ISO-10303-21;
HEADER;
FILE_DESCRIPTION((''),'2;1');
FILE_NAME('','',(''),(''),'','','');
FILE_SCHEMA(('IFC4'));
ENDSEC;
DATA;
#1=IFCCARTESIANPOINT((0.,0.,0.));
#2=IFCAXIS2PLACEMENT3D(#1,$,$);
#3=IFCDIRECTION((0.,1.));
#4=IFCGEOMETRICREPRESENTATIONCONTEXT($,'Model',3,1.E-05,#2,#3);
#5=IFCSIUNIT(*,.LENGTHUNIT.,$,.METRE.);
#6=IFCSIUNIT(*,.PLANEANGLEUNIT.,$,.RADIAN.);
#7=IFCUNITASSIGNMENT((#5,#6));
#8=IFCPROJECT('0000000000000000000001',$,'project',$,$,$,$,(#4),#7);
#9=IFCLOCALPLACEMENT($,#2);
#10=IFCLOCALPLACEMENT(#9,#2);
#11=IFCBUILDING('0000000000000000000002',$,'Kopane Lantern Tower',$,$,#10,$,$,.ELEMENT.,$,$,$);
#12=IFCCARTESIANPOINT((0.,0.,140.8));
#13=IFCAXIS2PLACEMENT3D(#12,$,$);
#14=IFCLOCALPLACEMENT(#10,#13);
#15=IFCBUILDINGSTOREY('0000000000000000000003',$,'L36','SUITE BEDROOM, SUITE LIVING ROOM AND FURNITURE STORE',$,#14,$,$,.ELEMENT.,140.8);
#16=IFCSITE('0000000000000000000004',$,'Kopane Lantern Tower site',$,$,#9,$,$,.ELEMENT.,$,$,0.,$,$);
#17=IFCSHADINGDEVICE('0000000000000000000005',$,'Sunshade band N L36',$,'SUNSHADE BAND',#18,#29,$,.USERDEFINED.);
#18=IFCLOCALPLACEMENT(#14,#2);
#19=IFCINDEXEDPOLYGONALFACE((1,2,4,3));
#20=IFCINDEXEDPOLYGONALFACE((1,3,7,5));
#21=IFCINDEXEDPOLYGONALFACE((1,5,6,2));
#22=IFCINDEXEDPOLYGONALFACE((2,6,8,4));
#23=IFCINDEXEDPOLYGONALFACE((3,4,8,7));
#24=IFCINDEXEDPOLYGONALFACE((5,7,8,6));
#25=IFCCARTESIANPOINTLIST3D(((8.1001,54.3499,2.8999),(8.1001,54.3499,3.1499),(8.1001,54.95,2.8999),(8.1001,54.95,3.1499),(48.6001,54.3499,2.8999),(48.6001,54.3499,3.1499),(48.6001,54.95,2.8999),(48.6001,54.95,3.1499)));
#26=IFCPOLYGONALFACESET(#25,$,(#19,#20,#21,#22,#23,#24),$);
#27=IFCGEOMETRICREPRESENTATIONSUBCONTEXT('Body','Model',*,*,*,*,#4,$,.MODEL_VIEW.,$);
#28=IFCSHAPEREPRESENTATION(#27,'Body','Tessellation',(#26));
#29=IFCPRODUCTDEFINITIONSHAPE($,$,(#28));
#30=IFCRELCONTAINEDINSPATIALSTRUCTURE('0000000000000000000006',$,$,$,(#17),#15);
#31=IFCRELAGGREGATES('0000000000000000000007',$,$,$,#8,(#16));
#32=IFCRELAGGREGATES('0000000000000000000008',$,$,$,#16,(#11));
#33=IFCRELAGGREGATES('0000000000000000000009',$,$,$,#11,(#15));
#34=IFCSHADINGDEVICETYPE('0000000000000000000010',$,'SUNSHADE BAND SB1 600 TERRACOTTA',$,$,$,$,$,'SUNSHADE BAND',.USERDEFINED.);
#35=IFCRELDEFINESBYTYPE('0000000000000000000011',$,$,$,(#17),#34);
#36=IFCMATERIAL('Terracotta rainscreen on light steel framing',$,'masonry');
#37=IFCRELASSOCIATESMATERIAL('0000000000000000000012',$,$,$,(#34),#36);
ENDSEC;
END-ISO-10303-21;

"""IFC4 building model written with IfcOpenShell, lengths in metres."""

from ifc_helpers import new_model, si_unit, direction, frame, origin, origin_2d, place, context, subcontext, project, spatial, rectangle, extrude, material, type_object, element, save


model = new_model("IFC4")

# Units and contexts
model_context = context("Model", 3, precision=1e-05, world=origin(), true_north=direction((0.0, 1.0)))
body_context = subcontext(model_context, "Body", "Model", "MODEL_VIEW")
ifc_project = project(units=[si_unit("LENGTHUNIT", "METRE"), si_unit("PLANEANGLEUNIT", "RADIAN")], contexts=[model_context])

# Site, building, storey
site_placement = place(None, origin())
site = spatial("IfcSite", under=ifc_project, at=site_placement, Name="Kopane Lantern Tower site", CompositionType="ELEMENT", RefElevation=0.0)
building_placement = place(site_placement, origin())
building = spatial("IfcBuilding", under=site, at=building_placement, Name="Kopane Lantern Tower", CompositionType="ELEMENT")
storey_placement = place(building_placement, frame((0.0, 0.0, 140.8)))
storey = spatial("IfcBuildingStorey", under=building, at=storey_placement, Name="L36", Description="SUITE BEDROOM, SUITE LIVING ROOM AND FURNITURE STORE", CompositionType="ELEMENT", Elevation=140.8)

# Shading device
ifc_material_1 = material(Name="Terracotta rainscreen on light steel framing", Category="masonry")
shading_device_type = type_object("IfcShadingDeviceType", Name="SUNSHADE BAND SB1 600 TERRACOTTA", ElementType="SUNSHADE BAND", PredefinedType="USERDEFINED", material=ifc_material_1)
shading_device_placement = place(storey_placement, frame((28.3501, 54.6499, 2.8999), z_axis=(0.0, 0.0, 1.0), x_axis=(-1.0, 0.0, 0.0)))
element("IfcShadingDevice", 1, at=shading_device_placement, inside=storey, type_object=shading_device_type, Name="Sunshade band N L36", ObjectType="SUNSHADE BAND", PredefinedType="USERDEFINED", context=body_context, shape_type="SweptSolid", body=[
    extrude(rectangle(XDim=40.5, YDim=0.6001, at=origin_2d()), origin(), (0.0, 0.0, 1.0), 0.25),
])

save(model, "model.ifc")
